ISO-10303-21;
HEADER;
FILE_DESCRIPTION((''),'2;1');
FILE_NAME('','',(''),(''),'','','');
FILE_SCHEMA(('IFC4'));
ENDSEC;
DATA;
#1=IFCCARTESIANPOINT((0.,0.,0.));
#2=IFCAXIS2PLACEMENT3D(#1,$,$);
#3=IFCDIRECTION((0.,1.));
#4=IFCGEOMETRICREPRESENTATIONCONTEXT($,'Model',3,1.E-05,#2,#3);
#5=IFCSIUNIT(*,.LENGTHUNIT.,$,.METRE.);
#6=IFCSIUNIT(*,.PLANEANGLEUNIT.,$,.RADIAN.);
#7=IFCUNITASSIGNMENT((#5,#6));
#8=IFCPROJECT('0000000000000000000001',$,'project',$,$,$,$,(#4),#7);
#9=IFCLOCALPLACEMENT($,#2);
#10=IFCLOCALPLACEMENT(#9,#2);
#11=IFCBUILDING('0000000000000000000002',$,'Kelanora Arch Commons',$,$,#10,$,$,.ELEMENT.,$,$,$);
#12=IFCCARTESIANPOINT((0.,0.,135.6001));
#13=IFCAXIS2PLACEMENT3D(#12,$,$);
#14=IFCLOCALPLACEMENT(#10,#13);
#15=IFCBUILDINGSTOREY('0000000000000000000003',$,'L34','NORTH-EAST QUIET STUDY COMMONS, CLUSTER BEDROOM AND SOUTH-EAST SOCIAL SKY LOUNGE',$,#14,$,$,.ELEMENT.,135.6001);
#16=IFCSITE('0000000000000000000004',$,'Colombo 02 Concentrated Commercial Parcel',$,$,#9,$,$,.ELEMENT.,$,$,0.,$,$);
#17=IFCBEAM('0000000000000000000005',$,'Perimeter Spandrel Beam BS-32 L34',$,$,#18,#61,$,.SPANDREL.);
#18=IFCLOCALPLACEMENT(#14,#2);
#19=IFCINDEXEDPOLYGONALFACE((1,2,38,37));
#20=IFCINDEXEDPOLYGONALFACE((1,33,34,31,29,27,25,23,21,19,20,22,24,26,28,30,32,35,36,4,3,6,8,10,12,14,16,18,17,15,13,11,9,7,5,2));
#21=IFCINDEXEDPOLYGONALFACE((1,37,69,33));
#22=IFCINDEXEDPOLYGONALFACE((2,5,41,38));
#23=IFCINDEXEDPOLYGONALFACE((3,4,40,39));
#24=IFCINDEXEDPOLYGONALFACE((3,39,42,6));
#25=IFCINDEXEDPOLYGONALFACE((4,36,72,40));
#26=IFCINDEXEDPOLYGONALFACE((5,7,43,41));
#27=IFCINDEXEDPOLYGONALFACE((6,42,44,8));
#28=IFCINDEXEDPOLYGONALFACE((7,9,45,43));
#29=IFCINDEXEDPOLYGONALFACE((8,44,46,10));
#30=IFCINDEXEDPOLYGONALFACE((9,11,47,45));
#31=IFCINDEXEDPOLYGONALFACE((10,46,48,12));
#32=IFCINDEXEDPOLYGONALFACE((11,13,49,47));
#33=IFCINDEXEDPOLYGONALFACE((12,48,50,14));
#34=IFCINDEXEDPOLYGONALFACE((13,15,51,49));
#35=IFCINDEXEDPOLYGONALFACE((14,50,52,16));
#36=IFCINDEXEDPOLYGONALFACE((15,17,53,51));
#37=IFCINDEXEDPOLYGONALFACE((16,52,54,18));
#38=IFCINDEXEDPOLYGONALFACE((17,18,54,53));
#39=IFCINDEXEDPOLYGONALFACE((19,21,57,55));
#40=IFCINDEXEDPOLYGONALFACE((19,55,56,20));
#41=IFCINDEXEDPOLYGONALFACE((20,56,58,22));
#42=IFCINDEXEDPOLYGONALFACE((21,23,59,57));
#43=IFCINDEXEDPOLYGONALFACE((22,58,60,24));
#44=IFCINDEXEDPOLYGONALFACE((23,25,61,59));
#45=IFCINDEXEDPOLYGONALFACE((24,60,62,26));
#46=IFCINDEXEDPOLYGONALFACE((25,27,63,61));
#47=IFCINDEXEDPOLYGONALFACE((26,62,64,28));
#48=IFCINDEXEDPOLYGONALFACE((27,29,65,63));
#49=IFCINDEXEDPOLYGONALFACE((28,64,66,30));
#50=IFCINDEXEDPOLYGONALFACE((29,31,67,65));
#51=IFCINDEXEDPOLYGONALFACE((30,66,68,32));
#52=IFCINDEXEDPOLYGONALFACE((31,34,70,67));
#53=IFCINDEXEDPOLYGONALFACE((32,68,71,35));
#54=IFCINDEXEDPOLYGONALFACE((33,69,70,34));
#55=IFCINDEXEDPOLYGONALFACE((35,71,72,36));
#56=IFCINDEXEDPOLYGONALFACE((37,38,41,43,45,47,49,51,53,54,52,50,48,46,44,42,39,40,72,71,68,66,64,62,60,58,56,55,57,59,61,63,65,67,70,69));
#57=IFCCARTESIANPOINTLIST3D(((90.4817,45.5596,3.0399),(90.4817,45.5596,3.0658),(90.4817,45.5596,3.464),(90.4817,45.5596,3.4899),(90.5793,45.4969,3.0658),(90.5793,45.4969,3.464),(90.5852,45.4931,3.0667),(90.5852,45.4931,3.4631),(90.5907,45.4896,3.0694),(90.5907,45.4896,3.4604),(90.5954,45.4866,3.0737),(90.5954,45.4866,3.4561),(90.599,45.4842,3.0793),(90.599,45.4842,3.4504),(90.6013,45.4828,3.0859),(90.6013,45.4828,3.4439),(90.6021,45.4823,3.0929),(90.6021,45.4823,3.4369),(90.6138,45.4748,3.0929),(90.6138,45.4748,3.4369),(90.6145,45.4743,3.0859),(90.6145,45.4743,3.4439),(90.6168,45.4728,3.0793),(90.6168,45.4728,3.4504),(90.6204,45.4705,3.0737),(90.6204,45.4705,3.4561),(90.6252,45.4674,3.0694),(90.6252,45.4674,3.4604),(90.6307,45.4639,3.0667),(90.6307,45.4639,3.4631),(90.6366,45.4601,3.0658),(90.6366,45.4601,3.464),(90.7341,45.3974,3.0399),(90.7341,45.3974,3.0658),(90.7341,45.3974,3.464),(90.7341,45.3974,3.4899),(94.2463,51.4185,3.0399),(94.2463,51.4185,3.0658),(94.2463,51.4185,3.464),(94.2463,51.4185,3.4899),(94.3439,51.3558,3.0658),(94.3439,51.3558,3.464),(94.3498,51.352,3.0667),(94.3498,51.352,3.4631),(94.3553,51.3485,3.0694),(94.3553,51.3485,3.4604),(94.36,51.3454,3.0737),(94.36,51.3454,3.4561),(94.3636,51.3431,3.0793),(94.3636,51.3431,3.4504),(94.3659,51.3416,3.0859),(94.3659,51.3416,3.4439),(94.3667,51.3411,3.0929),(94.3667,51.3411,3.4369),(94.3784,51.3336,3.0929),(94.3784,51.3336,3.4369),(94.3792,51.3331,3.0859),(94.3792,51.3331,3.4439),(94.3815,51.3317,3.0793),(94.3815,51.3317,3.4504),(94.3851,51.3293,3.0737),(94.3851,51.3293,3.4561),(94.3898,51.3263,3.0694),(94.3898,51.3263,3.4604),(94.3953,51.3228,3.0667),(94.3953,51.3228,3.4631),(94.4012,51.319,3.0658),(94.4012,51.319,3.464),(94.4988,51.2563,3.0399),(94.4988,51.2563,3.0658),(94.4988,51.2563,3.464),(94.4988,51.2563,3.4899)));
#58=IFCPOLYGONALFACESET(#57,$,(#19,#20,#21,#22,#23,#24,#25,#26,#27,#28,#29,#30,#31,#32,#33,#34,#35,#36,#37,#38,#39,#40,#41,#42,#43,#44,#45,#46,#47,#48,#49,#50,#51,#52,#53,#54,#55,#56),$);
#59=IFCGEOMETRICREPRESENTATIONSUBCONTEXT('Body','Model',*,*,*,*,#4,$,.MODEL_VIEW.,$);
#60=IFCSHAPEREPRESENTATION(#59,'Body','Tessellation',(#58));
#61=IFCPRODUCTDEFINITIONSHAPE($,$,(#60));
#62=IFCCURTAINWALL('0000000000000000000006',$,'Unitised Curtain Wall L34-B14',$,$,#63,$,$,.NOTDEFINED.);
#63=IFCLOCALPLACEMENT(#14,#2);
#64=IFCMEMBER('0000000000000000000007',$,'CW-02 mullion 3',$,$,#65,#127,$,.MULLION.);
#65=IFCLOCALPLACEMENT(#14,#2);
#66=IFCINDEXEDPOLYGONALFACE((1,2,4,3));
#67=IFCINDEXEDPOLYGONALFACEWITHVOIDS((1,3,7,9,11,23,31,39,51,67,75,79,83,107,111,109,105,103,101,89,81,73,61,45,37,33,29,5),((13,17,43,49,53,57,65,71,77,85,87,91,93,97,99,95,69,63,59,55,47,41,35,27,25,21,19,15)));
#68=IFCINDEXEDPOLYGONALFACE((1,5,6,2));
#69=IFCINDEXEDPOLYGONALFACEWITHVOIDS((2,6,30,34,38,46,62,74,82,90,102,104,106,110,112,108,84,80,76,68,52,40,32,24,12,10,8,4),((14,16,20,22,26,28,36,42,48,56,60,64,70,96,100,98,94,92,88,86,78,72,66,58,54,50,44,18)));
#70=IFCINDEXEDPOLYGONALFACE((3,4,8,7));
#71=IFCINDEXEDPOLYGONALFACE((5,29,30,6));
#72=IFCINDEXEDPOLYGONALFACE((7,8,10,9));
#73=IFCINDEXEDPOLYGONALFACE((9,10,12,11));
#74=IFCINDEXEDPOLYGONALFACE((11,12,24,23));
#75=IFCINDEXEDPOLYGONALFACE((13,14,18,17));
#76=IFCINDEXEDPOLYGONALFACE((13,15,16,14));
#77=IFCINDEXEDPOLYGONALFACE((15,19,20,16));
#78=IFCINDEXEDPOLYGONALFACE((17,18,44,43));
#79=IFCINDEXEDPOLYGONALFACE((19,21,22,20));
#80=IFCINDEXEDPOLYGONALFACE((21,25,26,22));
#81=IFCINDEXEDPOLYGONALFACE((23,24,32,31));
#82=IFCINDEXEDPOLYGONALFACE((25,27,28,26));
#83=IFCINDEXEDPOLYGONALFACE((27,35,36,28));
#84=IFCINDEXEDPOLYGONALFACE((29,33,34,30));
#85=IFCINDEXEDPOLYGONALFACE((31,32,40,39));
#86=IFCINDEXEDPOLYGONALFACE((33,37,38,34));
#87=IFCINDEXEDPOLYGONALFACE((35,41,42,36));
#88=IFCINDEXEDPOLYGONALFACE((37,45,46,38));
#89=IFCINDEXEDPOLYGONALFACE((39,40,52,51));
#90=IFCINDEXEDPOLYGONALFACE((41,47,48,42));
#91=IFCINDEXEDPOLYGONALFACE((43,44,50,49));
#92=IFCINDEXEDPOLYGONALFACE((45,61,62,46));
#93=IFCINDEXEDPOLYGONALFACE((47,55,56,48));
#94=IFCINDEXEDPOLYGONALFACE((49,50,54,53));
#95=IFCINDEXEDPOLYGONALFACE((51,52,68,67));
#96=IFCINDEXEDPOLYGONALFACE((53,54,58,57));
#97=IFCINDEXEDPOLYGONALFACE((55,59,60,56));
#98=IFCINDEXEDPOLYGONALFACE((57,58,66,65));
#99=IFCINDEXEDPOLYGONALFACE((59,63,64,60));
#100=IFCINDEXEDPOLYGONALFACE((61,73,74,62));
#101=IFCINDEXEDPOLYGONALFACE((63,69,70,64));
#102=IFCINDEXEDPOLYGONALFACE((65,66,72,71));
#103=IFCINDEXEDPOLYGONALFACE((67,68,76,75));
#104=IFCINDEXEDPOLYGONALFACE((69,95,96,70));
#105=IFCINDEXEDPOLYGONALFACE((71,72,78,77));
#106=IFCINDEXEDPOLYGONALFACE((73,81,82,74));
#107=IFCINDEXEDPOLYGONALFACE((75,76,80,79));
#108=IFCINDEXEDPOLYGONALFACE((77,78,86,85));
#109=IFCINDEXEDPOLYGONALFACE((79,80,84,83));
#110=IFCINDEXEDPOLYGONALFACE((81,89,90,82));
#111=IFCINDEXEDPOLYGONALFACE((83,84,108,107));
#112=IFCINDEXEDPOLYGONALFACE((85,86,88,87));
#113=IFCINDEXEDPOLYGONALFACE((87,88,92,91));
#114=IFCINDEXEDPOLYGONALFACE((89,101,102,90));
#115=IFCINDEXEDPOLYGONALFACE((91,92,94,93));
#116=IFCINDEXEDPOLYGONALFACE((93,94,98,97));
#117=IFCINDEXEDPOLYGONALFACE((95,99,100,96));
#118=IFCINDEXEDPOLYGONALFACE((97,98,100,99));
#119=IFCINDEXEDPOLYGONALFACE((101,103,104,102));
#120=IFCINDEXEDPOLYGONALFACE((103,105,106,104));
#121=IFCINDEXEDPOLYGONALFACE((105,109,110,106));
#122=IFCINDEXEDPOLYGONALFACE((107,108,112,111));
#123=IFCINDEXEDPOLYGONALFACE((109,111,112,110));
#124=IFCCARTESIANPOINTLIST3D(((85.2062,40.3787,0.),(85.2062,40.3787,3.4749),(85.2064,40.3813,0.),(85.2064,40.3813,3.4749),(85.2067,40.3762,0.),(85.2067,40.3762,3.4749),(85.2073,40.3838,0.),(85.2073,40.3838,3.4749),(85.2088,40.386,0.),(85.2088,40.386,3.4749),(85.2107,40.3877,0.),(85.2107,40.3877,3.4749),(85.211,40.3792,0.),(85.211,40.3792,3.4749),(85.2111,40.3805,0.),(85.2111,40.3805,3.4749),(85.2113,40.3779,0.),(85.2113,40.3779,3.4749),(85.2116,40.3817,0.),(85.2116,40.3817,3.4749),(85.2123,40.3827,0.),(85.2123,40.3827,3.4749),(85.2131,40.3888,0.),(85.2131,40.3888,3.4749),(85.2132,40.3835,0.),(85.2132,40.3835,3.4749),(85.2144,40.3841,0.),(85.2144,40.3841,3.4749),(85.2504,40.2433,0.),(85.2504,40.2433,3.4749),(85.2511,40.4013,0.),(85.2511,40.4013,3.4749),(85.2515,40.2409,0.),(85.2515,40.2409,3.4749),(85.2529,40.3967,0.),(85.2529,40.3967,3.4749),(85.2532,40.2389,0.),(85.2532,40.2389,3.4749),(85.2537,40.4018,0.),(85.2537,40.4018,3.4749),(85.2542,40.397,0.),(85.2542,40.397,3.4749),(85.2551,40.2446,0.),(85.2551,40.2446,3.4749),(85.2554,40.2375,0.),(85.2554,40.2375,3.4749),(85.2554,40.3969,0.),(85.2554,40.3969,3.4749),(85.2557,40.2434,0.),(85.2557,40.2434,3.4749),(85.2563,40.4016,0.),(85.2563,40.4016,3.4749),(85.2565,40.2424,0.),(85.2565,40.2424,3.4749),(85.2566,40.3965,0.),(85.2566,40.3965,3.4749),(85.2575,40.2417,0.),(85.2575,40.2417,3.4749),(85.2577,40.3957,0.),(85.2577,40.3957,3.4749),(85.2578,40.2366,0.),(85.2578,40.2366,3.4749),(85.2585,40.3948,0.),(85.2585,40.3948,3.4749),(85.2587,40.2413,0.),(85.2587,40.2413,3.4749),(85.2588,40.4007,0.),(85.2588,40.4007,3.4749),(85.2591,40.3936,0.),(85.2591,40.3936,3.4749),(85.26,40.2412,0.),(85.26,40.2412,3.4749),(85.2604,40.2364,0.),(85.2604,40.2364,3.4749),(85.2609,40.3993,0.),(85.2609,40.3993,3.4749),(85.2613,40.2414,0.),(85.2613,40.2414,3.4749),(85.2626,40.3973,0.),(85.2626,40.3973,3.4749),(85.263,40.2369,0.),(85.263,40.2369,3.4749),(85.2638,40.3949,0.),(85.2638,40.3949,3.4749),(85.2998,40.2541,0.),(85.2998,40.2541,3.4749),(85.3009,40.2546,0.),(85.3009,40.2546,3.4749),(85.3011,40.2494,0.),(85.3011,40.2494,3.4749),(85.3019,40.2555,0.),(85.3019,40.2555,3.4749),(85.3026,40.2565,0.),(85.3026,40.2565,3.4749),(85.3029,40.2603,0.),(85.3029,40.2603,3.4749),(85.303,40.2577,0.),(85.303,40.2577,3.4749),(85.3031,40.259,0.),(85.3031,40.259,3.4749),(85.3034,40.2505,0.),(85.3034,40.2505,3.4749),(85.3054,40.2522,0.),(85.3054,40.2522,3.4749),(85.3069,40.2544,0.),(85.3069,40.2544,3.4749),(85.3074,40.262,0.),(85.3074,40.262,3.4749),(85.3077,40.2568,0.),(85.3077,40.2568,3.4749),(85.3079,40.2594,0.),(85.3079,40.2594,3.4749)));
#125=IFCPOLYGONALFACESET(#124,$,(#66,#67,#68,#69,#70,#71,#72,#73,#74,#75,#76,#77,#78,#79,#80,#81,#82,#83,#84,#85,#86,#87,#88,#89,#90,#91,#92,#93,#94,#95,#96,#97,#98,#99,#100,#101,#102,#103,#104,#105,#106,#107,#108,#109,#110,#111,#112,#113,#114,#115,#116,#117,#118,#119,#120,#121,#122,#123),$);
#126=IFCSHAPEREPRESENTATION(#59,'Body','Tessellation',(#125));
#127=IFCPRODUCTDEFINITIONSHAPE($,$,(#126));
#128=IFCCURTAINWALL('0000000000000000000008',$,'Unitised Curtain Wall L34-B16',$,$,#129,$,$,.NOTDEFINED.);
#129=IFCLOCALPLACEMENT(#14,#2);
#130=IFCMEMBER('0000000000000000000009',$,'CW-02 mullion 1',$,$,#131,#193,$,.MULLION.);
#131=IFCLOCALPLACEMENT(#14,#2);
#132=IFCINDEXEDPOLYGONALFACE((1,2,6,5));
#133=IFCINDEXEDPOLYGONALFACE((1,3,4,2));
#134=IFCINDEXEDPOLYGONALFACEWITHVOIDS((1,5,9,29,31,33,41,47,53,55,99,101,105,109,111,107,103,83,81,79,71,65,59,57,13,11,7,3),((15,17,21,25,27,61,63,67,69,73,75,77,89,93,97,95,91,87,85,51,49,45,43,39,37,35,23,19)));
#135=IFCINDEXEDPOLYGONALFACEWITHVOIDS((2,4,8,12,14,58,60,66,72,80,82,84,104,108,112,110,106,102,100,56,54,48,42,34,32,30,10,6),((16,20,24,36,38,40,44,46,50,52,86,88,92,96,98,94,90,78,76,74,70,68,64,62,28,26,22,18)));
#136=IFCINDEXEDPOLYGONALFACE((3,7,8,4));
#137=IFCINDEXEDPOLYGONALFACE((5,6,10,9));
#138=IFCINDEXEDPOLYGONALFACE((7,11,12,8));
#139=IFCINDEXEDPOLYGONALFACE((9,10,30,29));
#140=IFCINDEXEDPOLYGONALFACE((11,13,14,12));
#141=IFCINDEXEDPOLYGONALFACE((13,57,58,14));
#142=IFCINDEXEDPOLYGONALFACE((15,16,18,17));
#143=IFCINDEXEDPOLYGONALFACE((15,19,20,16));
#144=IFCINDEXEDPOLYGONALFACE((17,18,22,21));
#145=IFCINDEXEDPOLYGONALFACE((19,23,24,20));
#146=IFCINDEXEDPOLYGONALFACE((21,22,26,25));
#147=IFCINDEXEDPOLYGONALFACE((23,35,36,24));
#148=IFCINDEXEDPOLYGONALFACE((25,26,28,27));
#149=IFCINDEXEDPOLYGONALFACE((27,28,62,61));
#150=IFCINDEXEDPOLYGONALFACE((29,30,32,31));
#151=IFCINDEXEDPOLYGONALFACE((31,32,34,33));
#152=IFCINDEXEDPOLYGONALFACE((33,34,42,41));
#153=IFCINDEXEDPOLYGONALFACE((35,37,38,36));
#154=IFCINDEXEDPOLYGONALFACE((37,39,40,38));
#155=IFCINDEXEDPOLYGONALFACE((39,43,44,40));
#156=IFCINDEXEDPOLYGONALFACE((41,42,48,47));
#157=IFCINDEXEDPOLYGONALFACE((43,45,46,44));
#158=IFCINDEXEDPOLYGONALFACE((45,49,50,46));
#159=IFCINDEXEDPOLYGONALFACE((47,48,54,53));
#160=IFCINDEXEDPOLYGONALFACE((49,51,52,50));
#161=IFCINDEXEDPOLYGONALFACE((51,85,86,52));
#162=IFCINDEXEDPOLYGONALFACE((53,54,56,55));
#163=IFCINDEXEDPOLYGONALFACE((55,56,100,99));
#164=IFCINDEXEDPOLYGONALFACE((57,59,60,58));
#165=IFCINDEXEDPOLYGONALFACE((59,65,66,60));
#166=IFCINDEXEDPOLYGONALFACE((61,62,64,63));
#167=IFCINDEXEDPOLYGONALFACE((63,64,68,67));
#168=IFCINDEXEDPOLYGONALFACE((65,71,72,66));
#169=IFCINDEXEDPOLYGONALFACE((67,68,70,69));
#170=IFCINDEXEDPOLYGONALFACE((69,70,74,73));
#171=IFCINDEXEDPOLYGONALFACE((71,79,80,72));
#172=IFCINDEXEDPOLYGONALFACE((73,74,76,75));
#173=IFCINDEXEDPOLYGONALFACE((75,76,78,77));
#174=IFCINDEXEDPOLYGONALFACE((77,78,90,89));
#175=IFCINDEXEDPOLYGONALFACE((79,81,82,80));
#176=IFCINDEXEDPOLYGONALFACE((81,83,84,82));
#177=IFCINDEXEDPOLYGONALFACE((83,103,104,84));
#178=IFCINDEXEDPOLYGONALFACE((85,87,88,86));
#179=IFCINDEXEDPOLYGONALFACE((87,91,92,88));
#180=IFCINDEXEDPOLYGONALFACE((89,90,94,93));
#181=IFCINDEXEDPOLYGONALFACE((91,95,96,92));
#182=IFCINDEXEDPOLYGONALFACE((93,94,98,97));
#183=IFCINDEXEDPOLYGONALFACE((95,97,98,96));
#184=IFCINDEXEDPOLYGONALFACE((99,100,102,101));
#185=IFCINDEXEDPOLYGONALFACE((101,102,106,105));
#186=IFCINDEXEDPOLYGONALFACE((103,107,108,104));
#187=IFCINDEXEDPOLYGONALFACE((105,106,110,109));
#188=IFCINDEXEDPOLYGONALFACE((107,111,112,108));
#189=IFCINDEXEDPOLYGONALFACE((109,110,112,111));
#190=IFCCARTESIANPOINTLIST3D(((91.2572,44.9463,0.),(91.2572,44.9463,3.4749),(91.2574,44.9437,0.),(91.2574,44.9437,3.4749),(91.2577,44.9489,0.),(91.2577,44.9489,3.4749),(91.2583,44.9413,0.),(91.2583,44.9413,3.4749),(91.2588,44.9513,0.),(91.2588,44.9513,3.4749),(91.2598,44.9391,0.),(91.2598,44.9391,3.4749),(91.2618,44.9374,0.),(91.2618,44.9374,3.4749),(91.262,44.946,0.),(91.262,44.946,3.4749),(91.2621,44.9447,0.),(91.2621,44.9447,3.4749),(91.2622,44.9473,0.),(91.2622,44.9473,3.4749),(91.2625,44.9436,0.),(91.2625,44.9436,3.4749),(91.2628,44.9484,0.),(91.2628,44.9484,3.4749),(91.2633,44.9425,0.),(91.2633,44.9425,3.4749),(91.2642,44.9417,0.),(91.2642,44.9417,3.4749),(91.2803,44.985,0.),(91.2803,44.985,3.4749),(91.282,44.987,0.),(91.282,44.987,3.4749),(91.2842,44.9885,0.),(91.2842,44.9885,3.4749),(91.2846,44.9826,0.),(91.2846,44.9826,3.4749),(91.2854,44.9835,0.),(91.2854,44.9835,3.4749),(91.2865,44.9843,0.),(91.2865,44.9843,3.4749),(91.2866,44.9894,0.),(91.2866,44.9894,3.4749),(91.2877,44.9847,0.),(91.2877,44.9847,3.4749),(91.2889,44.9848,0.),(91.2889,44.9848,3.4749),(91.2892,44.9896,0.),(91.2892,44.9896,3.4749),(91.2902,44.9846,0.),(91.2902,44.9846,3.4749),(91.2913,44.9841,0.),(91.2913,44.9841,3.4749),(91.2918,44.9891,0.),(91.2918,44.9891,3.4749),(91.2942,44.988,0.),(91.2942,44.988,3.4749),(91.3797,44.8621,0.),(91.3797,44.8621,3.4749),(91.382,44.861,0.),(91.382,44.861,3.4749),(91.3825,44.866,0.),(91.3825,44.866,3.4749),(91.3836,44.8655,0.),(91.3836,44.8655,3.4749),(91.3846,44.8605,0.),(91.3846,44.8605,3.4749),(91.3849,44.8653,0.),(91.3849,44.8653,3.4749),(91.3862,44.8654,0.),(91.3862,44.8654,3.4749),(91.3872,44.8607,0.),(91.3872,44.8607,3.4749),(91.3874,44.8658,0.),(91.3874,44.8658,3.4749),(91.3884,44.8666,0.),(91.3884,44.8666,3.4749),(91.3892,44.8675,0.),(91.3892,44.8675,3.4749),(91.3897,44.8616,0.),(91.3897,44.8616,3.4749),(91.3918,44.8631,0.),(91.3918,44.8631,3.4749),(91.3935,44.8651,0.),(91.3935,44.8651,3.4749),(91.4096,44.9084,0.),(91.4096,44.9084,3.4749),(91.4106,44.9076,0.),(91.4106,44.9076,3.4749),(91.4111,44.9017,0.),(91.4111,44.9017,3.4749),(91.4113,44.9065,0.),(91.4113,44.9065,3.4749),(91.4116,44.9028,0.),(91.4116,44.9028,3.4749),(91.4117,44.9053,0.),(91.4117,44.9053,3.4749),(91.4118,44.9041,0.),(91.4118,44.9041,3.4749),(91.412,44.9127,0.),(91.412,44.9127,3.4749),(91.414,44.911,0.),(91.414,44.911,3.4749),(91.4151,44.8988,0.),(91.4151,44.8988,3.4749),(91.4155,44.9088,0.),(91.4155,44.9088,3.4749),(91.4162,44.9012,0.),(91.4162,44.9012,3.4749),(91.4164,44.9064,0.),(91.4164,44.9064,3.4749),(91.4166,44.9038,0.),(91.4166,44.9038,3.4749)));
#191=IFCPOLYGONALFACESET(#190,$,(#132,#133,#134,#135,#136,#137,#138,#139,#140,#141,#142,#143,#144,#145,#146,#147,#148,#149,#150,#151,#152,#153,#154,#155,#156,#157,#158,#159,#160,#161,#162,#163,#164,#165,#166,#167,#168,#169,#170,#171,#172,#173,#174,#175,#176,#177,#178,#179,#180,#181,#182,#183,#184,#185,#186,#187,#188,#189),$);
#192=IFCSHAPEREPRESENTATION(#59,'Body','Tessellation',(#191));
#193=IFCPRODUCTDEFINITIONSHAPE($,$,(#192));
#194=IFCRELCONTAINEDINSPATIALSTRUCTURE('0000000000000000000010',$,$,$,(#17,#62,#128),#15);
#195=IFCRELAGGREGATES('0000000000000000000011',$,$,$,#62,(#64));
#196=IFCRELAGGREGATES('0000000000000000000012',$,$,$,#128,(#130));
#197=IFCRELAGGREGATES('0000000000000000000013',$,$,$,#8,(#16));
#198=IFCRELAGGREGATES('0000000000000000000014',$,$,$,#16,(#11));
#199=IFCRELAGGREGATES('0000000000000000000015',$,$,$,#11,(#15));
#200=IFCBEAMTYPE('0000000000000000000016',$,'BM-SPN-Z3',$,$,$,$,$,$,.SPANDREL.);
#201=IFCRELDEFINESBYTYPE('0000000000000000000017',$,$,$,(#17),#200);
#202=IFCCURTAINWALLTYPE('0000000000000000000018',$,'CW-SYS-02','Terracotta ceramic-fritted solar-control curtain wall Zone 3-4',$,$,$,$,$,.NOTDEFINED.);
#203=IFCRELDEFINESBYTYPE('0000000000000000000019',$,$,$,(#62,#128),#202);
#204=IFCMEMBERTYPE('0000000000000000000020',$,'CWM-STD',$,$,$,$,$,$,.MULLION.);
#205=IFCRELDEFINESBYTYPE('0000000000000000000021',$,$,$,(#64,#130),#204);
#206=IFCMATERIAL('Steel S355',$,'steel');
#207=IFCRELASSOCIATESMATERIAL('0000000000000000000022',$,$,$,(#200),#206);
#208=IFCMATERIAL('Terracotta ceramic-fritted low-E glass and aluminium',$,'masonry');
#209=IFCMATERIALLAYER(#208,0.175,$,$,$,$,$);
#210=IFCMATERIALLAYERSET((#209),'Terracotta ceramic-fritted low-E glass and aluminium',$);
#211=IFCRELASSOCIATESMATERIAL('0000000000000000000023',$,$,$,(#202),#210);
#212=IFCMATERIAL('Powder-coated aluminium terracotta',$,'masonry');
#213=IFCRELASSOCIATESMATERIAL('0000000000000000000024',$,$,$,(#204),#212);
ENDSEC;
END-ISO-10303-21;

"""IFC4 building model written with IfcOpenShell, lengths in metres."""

from ifc_helpers import new_model, si_unit, direction, frame, origin, origin_2d, place, context, subcontext, project, spatial, hollow_rectangle, i_section, extrude, material, layer, layer_set, material_profile, profile_set, type_object, element, aggregate, save


model = new_model("IFC4")

# Units and contexts
model_context = context("Model", 3, precision=1e-05, world=origin(), true_north=direction((0.0, 1.0)))
body_context = subcontext(model_context, "Body", "Model", "MODEL_VIEW")
ifc_project = project(units=[si_unit("LENGTHUNIT", "METRE"), si_unit("PLANEANGLEUNIT", "RADIAN")], contexts=[model_context])

# Site, building, storey
site_placement = place(None, origin())
site = spatial("IfcSite", under=ifc_project, at=site_placement, Name="Colombo 02 Concentrated Commercial Parcel", CompositionType="ELEMENT", RefElevation=0.0)
building_placement = place(site_placement, origin())
building = spatial("IfcBuilding", under=site, at=building_placement, Name="Kelanora Arch Commons", CompositionType="ELEMENT")
storey_placement = place(building_placement, frame((0.0, 0.0, 135.6001)))
storey = spatial("IfcBuildingStorey", under=building, at=storey_placement, Name="L34", Description="NORTH-EAST QUIET STUDY COMMONS, CLUSTER BEDROOM AND SOUTH-EAST SOCIAL SKY LOUNGE", CompositionType="ELEMENT", Elevation=135.6001)

# Beam
ifc_material_1 = material(Name="Steel S355", Category="steel")
ifc_material_profile_1 = material_profile(ifc_material_1, i_section(OverallWidth=0.3, OverallDepth=0.45, WebThickness=0.0139, FlangeThickness=0.0259, FilletRadius=0.0271, at=origin_2d()), Name="HEB450")
ifc_profile_set_1 = profile_set([ifc_material_profile_1], Name="Steel S355")
beam_type_1 = type_object("IfcBeamType", Name="BM-SPN-Z3", PredefinedType="SPANDREL", material=ifc_profile_set_1)
beam_1_placement = place(storey_placement, frame((90.6079, 45.4785, 3.2649), z_axis=(0.540577, 0.841295, 0.0), x_axis=(-0.841295, 0.540577, 0.0)))
element("IfcBeam", 1, at=beam_1_placement, inside=storey, type_object=beam_type_1, Name="Perimeter Spandrel Beam BS-32 L34", PredefinedType="SPANDREL", context=body_context, shape_type="SweptSolid", body=[
    extrude(i_section(OverallWidth=0.3, OverallDepth=0.45, WebThickness=0.0139, FlangeThickness=0.0259, FilletRadius=0.0271, at=origin_2d()), origin(), (0.0, 0.0, 1.0), 6.9641),
])

# Curtain wall, member
ifc_material_2 = material(Name="Terracotta ceramic-fritted low-E glass and aluminium", Category="masonry")
ifc_layer_1 = layer(ifc_material_2, 0.175)
ifc_layer_set_1 = layer_set([ifc_layer_1], Name="Terracotta ceramic-fritted low-E glass and aluminium")
curtain_wall_type = type_object("IfcCurtainWallType", Name="CW-SYS-02", Description="Terracotta ceramic-fritted solar-control curtain wall Zone 3-4", PredefinedType="NOTDEFINED", material=ifc_layer_set_1)
curtain_wall_1_placement = place(storey_placement, origin())
curtain_wall_1 = element("IfcCurtainWall", 2, at=curtain_wall_1_placement, inside=storey, type_object=curtain_wall_type, Name="Unitised Curtain Wall L34-B14", PredefinedType="NOTDEFINED")
ifc_material_3 = material(Name="Powder-coated aluminium terracotta", Category="masonry")
ifc_material_profile_2 = material_profile(ifc_material_3, hollow_rectangle(XDim=0.1599, YDim=0.0601, WallThickness=0.0049, InnerFilletRadius=0.0049, OuterFilletRadius=0.01, at=origin_2d()), Name="CWM160x60")
ifc_profile_set_2 = profile_set([ifc_material_profile_2], Name="Powder-coated aluminium terracotta")
member_type_1 = type_object("IfcMemberType", Name="CWM-STD", PredefinedType="MULLION", material=ifc_profile_set_2)
member_1_placement = place(storey_placement, frame((85.2571, 40.3191, 0.0), z_axis=(0.0, 0.0, 1.0), x_axis=(-0.312128, 0.95004, 0.0)))
member_1 = element("IfcMember", 3, at=member_1_placement, type_object=member_type_1, Name="CW-02 mullion 3", PredefinedType="MULLION", context=body_context, shape_type="SweptSolid", body=[
    extrude(hollow_rectangle(XDim=0.1599, YDim=0.0601, WallThickness=0.0049, InnerFilletRadius=0.0049, OuterFilletRadius=0.01, at=origin_2d()), origin(), (0.0, 0.0, 1.0), 3.4749),
])

# Curtain wall, member
curtain_wall_2_placement = place(storey_placement, origin())
curtain_wall_2 = element("IfcCurtainWall", 4, at=curtain_wall_2_placement, inside=storey, type_object=curtain_wall_type, Name="Unitised Curtain Wall L34-B16", PredefinedType="NOTDEFINED")
member_2_placement = place(storey_placement, frame((91.3369, 44.925, 0.0), z_axis=(0.0, 0.0, 1.0), x_axis=(-0.842423, 0.538817, 0.0)))
member_2 = element("IfcMember", 5, at=member_2_placement, type_object=member_type_1, Name="CW-02 mullion 1", PredefinedType="MULLION", context=body_context, shape_type="SweptSolid", body=[
    extrude(hollow_rectangle(XDim=0.1599, YDim=0.0601, WallThickness=0.0049, InnerFilletRadius=0.0049, OuterFilletRadius=0.01, at=origin_2d()), origin(), (0.0, 0.0, 1.0), 3.4749),
])

aggregate(curtain_wall_1, [member_1])
aggregate(curtain_wall_2, [member_2])

save(model, "model.ifc")
